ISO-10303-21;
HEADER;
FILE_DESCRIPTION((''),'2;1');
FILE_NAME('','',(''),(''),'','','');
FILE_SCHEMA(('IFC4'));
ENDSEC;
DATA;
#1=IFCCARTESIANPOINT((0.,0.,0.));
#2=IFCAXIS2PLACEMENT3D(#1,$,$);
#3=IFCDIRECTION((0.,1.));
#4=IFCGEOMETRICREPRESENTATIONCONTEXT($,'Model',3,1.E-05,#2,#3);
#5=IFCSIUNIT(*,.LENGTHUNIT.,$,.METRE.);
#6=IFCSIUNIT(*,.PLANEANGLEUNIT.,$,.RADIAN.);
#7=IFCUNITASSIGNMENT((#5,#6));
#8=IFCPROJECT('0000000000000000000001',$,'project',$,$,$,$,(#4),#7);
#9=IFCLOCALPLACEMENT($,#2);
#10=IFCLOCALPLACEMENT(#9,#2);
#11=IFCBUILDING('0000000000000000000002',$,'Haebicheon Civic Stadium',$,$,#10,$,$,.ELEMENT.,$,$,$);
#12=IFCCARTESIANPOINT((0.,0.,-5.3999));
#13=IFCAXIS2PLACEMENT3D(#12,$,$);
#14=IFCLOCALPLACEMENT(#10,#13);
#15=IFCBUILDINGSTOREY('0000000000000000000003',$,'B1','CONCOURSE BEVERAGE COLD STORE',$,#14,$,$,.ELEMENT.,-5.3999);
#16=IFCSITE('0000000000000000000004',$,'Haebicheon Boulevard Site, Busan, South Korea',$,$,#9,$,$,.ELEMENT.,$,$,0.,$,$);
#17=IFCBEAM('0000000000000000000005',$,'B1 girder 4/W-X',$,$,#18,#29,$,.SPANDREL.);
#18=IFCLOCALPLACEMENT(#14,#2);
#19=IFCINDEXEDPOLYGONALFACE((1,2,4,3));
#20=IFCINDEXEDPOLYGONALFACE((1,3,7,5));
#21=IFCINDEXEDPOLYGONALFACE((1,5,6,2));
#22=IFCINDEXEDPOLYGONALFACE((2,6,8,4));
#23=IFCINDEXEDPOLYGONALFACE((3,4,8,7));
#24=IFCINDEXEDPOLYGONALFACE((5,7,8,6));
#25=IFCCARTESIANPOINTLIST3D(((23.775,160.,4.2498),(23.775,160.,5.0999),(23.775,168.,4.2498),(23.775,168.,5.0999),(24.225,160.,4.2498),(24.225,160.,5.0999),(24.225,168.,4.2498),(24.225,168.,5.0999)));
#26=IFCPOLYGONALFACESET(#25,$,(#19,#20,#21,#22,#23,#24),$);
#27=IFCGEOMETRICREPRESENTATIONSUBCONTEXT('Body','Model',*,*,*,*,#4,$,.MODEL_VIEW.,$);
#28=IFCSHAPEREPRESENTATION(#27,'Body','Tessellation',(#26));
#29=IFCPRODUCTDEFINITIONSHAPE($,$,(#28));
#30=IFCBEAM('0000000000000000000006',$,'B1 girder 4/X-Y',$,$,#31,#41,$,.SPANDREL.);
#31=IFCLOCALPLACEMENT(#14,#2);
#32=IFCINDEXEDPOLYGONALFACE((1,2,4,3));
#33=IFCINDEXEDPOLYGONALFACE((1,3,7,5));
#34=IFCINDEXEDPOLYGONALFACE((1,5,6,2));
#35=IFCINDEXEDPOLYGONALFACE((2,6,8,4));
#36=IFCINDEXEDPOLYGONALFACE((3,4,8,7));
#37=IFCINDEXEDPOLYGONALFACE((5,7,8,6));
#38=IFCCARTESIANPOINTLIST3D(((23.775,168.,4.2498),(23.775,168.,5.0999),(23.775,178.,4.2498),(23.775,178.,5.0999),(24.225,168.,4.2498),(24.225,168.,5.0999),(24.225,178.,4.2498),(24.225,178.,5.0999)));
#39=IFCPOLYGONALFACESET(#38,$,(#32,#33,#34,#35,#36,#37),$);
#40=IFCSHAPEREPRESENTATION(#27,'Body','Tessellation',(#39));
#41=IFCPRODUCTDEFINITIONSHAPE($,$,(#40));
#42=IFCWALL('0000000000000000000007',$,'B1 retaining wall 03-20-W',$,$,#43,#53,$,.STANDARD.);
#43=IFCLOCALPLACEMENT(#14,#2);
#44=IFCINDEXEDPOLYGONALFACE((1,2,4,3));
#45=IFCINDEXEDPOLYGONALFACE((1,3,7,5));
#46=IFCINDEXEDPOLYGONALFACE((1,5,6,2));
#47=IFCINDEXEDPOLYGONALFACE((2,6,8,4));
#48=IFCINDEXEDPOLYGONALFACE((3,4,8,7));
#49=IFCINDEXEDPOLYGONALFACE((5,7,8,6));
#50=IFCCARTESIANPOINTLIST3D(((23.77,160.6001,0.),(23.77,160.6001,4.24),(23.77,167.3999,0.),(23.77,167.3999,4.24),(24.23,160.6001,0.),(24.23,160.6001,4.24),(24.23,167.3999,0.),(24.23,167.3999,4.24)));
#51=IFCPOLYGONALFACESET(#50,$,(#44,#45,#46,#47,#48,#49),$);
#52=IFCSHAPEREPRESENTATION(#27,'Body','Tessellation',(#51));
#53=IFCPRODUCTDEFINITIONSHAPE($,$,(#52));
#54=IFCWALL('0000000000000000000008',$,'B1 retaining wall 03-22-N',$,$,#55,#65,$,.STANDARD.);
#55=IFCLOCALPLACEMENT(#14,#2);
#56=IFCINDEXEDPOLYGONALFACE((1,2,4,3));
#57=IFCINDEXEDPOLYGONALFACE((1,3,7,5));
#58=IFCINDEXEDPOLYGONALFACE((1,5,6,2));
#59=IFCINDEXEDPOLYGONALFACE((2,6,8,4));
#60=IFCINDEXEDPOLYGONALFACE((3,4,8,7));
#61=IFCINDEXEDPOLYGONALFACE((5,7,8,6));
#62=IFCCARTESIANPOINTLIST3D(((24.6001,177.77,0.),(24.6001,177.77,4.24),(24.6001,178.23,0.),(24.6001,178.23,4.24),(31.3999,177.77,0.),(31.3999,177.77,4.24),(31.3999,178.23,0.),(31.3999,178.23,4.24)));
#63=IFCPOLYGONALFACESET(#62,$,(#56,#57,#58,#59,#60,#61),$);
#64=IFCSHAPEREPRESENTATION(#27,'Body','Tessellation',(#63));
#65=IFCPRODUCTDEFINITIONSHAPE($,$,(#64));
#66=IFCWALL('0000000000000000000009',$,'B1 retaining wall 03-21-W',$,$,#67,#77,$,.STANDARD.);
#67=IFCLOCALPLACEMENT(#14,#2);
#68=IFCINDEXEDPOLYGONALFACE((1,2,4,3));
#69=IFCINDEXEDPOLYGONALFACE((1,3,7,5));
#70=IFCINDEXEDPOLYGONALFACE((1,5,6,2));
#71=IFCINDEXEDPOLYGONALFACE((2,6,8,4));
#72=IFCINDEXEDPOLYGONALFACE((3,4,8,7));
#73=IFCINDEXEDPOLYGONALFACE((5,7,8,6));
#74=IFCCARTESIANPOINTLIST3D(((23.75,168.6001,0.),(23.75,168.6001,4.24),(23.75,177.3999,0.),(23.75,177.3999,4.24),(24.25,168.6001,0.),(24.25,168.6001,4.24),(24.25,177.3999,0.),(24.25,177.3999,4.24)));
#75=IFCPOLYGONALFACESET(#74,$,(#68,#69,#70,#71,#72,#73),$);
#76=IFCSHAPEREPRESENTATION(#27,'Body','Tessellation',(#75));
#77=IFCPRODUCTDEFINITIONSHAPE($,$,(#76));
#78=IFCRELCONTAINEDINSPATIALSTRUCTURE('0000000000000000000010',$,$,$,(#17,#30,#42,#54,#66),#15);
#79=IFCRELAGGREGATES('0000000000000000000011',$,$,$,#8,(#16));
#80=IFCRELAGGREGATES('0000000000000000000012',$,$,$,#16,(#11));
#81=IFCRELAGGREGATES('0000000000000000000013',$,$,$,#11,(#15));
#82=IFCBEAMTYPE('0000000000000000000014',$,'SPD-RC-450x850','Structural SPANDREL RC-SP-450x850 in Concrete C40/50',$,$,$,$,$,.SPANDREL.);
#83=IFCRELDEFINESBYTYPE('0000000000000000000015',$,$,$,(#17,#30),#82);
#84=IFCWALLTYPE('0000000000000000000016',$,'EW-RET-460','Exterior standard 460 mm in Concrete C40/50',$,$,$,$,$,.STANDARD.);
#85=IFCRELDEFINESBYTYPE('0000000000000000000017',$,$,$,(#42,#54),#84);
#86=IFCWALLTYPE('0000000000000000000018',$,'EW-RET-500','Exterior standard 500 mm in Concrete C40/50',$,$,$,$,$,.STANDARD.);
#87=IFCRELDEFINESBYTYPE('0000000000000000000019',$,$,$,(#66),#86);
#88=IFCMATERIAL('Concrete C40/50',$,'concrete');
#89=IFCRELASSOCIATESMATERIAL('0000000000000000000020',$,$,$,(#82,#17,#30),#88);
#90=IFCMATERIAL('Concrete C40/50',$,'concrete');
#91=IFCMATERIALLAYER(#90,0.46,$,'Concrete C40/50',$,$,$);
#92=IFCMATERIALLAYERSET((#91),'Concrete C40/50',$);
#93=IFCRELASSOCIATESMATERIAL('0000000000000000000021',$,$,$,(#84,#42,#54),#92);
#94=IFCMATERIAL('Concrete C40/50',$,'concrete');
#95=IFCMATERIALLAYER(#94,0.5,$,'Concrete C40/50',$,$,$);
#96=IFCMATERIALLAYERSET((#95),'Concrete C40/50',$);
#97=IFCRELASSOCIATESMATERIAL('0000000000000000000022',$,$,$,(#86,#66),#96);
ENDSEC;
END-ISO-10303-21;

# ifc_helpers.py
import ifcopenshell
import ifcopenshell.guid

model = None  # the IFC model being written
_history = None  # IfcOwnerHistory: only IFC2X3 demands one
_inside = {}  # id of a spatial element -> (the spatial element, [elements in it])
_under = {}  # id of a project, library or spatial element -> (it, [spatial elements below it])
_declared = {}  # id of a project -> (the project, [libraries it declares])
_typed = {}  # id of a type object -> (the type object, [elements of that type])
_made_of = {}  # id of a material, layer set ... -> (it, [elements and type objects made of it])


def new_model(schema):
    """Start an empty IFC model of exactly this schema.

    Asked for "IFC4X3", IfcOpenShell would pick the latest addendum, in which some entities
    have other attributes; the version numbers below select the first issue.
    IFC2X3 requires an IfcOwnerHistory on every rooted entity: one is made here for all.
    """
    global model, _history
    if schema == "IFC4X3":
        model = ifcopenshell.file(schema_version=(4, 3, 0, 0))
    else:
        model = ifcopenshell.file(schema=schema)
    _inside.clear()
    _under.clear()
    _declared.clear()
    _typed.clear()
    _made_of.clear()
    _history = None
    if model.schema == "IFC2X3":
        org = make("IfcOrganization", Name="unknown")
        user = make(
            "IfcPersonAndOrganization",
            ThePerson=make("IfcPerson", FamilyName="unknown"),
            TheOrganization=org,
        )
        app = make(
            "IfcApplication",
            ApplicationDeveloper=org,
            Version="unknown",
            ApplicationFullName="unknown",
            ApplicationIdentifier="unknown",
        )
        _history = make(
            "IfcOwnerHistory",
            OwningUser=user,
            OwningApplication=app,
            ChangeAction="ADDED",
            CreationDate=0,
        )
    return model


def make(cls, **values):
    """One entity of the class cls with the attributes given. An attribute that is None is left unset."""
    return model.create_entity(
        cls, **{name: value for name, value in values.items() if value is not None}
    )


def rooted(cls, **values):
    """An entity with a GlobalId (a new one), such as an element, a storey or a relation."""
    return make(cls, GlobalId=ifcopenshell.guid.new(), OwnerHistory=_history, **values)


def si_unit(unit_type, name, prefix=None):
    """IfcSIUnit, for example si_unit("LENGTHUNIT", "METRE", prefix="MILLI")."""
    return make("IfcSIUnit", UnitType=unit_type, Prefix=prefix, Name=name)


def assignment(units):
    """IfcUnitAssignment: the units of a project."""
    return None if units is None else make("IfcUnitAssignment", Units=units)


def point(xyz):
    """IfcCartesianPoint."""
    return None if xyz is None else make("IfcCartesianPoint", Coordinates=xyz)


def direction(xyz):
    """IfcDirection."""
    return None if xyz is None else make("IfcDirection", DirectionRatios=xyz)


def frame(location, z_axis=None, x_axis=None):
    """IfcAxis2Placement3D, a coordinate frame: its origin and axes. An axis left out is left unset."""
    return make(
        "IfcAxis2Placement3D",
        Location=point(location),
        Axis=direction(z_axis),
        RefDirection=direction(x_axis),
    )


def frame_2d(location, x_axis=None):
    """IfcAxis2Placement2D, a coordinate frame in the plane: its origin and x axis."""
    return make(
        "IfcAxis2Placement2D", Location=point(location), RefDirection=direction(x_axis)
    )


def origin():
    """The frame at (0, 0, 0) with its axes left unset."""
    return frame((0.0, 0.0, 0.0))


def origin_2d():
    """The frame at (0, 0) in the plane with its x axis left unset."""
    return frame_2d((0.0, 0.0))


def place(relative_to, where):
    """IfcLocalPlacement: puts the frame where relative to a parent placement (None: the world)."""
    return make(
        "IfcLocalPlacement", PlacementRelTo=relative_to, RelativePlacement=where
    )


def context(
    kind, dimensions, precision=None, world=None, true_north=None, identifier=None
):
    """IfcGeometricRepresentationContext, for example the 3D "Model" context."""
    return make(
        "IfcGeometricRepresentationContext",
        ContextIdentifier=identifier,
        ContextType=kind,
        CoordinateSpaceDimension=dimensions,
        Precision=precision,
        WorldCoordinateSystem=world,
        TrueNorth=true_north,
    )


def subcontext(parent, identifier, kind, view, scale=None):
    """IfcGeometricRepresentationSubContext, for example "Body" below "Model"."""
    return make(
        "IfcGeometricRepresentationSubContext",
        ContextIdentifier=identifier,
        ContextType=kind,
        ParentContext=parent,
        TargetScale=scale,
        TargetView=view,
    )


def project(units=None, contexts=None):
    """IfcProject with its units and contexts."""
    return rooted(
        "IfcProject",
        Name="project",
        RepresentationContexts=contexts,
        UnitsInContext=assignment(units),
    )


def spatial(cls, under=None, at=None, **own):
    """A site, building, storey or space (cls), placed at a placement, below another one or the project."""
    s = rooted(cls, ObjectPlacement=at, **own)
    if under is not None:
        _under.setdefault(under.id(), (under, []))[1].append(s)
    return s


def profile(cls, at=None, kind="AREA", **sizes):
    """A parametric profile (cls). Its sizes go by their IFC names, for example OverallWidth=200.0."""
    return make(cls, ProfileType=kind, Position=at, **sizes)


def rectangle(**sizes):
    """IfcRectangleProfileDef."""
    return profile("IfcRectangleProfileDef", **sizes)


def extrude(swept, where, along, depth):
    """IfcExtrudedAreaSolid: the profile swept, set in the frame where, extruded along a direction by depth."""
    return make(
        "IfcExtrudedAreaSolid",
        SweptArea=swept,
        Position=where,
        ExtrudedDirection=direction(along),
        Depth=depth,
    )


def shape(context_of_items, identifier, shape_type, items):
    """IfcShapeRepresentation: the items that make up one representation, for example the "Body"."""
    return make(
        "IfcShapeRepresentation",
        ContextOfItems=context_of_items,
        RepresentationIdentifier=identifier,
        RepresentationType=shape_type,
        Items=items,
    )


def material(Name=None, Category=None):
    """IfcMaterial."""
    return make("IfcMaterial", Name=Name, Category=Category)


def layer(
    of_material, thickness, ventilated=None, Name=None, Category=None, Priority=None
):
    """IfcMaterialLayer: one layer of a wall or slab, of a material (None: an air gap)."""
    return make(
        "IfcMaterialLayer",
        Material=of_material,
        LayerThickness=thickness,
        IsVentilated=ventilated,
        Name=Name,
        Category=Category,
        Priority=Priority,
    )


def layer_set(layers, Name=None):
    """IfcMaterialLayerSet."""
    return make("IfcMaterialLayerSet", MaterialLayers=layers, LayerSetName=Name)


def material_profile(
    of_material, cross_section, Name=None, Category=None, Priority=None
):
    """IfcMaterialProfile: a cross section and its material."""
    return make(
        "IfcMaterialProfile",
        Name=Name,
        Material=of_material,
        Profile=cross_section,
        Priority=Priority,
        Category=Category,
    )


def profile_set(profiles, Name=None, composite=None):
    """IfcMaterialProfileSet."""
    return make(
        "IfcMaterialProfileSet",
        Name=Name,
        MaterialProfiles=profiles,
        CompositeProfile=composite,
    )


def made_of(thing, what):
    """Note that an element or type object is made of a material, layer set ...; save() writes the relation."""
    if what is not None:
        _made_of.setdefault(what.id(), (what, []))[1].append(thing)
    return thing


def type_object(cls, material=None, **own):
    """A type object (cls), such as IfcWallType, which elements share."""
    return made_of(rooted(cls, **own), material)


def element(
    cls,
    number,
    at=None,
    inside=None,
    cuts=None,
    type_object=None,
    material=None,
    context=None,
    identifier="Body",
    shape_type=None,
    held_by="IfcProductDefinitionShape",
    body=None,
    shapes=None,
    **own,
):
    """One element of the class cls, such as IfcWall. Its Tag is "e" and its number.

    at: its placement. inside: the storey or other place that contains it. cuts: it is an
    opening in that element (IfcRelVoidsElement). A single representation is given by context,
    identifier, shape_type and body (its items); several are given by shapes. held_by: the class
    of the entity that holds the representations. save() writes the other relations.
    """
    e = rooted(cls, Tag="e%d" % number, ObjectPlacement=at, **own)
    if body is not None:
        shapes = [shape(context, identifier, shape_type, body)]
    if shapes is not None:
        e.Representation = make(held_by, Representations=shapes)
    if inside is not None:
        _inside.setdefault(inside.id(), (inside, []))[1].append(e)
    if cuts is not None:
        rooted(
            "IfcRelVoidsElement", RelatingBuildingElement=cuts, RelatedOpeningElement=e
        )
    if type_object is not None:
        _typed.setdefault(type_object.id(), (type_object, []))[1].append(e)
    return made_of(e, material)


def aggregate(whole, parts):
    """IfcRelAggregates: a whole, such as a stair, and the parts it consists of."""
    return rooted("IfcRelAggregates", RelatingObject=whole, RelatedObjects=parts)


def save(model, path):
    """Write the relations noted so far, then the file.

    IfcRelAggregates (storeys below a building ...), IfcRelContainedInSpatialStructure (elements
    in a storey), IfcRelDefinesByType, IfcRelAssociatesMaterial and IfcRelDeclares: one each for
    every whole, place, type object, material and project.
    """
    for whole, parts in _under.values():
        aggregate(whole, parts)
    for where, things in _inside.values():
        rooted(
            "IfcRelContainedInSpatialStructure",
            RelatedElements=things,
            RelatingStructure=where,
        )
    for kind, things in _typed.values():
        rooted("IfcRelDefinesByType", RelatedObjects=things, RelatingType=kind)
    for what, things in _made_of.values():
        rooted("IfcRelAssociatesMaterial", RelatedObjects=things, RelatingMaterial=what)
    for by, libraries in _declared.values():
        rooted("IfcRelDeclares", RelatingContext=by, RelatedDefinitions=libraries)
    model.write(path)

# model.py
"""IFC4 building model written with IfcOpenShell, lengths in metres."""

from ifc_helpers import new_model, si_unit, direction, frame, frame_2d, origin, origin_2d, place, context, subcontext, project, spatial, rectangle, extrude, material, layer, layer_set, material_profile, profile_set, type_object, element, save


model = new_model("IFC4")

# Units and contexts
model_context = context("Model", 3, precision=1e-05, world=origin(), true_north=direction((0.0, 1.0)))
body_context = subcontext(model_context, "Body", "Model", "MODEL_VIEW")
ifc_project = project(units=[si_unit("LENGTHUNIT", "METRE"), si_unit("PLANEANGLEUNIT", "RADIAN")], contexts=[model_context])

# Site, building, storey
site_placement = place(None, origin())
site = spatial("IfcSite", under=ifc_project, at=site_placement, Name="Haebicheon Boulevard Site, Busan, South Korea", CompositionType="ELEMENT", RefElevation=0.0)
building_placement = place(site_placement, origin())
building = spatial("IfcBuilding", under=site, at=building_placement, Name="Haebicheon Civic Stadium", CompositionType="ELEMENT")
storey_placement = place(building_placement, frame((0.0, 0.0, -5.3999)))
storey = spatial("IfcBuildingStorey", under=building, at=storey_placement, Name="B1", Description="CONCOURSE BEVERAGE COLD STORE", CompositionType="ELEMENT", Elevation=-5.3999)

# Beams
ifc_material_1 = material(Name="Concrete C40/50", Category="concrete")
ifc_material_profile_1 = material_profile(ifc_material_1, rectangle(XDim=0.45, YDim=0.8501, at=origin_2d()), Name="RC-SP-450x850")
ifc_profile_set_1 = profile_set([ifc_material_profile_1], Name="Concrete C40/50")
beam_type_1 = type_object("IfcBeamType", Name="SPD-RC-450x850", Description="Structural SPANDREL RC-SP-450x850 in Concrete C40/50", PredefinedType="SPANDREL", material=ifc_profile_set_1)
beam_1_placement = place(storey_placement, frame((24.0, 160.0, 4.6748), z_axis=(0.0, 1.0, 0.0), x_axis=(-1.0, 0.0, 0.0)))
element("IfcBeam", 1, at=beam_1_placement, inside=storey, type_object=beam_type_1, material=ifc_profile_set_1, Name="B1 girder 4/W-X", PredefinedType="SPANDREL", context=body_context, shape_type="SweptSolid", body=[
    extrude(rectangle(XDim=0.45, YDim=0.8501, at=origin_2d()), origin(), (0.0, 0.0, 1.0), 8.0),
])
beam_2_placement = place(storey_placement, frame((24.0, 168.0, 4.6748), z_axis=(0.0, 1.0, 0.0), x_axis=(-1.0, 0.0, 0.0)))
element("IfcBeam", 2, at=beam_2_placement, inside=storey, type_object=beam_type_1, material=ifc_profile_set_1, Name="B1 girder 4/X-Y", PredefinedType="SPANDREL", context=body_context, shape_type="SweptSolid", body=[
    extrude(rectangle(XDim=0.45, YDim=0.8501, at=origin_2d()), origin(), (0.0, 0.0, 1.0), 10.0),
])

# Walls
ifc_material_2 = material(Name="Concrete C40/50", Category="concrete")
ifc_layer_1 = layer(ifc_material_2, 0.46, Name="Concrete C40/50")
ifc_layer_set_1 = layer_set([ifc_layer_1], Name="Concrete C40/50")
wall_type_1 = type_object("IfcWallType", Name="EW-RET-460", Description="Exterior standard 460 mm in Concrete C40/50", PredefinedType="STANDARD", material=ifc_layer_set_1)
for number, where, z_axis, x_axis, name in (
    (3, (24.0, 160.6001, 0.0), (0.0, 0.0, 1.0), (0.0, 1.0, 0.0), "B1 retaining wall 03-20-W"),
    (4, (24.6001, 178.0, 0.0), (0.0, 0.0, 1.0), (1.0, 0.0, 0.0), "B1 retaining wall 03-22-N"),
):
    element("IfcWall", number, at=place(storey_placement, frame(where, z_axis=z_axis, x_axis=x_axis)), inside=storey, type_object=wall_type_1, material=ifc_layer_set_1, Name=name, PredefinedType="STANDARD", context=body_context, shape_type="SweptSolid", body=[
        extrude(rectangle(XDim=6.7998, YDim=0.46, at=frame_2d((3.3999, 0.0))), origin(), (0.0, 0.0, 1.0), 4.24),
    ])
ifc_material_3 = material(Name="Concrete C40/50", Category="concrete")
ifc_layer_2 = layer(ifc_material_3, 0.5, Name="Concrete C40/50")
ifc_layer_set_2 = layer_set([ifc_layer_2], Name="Concrete C40/50")
wall_type_2 = type_object("IfcWallType", Name="EW-RET-500", Description="Exterior standard 500 mm in Concrete C40/50", PredefinedType="STANDARD", material=ifc_layer_set_2)
wall_placement = place(storey_placement, frame((24.0, 168.6001, 0.0), z_axis=(0.0, 0.0, 1.0), x_axis=(0.0, 1.0, 0.0)))
element("IfcWall", 5, at=wall_placement, inside=storey, type_object=wall_type_2, material=ifc_layer_set_2, Name="B1 retaining wall 03-21-W", PredefinedType="STANDARD", context=body_context, shape_type="SweptSolid", body=[
    extrude(rectangle(XDim=8.7998, YDim=0.5, at=frame_2d((4.3999, 0.0))), origin(), (0.0, 0.0, 1.0), 4.24),
])

save(model, "model.ifc")
